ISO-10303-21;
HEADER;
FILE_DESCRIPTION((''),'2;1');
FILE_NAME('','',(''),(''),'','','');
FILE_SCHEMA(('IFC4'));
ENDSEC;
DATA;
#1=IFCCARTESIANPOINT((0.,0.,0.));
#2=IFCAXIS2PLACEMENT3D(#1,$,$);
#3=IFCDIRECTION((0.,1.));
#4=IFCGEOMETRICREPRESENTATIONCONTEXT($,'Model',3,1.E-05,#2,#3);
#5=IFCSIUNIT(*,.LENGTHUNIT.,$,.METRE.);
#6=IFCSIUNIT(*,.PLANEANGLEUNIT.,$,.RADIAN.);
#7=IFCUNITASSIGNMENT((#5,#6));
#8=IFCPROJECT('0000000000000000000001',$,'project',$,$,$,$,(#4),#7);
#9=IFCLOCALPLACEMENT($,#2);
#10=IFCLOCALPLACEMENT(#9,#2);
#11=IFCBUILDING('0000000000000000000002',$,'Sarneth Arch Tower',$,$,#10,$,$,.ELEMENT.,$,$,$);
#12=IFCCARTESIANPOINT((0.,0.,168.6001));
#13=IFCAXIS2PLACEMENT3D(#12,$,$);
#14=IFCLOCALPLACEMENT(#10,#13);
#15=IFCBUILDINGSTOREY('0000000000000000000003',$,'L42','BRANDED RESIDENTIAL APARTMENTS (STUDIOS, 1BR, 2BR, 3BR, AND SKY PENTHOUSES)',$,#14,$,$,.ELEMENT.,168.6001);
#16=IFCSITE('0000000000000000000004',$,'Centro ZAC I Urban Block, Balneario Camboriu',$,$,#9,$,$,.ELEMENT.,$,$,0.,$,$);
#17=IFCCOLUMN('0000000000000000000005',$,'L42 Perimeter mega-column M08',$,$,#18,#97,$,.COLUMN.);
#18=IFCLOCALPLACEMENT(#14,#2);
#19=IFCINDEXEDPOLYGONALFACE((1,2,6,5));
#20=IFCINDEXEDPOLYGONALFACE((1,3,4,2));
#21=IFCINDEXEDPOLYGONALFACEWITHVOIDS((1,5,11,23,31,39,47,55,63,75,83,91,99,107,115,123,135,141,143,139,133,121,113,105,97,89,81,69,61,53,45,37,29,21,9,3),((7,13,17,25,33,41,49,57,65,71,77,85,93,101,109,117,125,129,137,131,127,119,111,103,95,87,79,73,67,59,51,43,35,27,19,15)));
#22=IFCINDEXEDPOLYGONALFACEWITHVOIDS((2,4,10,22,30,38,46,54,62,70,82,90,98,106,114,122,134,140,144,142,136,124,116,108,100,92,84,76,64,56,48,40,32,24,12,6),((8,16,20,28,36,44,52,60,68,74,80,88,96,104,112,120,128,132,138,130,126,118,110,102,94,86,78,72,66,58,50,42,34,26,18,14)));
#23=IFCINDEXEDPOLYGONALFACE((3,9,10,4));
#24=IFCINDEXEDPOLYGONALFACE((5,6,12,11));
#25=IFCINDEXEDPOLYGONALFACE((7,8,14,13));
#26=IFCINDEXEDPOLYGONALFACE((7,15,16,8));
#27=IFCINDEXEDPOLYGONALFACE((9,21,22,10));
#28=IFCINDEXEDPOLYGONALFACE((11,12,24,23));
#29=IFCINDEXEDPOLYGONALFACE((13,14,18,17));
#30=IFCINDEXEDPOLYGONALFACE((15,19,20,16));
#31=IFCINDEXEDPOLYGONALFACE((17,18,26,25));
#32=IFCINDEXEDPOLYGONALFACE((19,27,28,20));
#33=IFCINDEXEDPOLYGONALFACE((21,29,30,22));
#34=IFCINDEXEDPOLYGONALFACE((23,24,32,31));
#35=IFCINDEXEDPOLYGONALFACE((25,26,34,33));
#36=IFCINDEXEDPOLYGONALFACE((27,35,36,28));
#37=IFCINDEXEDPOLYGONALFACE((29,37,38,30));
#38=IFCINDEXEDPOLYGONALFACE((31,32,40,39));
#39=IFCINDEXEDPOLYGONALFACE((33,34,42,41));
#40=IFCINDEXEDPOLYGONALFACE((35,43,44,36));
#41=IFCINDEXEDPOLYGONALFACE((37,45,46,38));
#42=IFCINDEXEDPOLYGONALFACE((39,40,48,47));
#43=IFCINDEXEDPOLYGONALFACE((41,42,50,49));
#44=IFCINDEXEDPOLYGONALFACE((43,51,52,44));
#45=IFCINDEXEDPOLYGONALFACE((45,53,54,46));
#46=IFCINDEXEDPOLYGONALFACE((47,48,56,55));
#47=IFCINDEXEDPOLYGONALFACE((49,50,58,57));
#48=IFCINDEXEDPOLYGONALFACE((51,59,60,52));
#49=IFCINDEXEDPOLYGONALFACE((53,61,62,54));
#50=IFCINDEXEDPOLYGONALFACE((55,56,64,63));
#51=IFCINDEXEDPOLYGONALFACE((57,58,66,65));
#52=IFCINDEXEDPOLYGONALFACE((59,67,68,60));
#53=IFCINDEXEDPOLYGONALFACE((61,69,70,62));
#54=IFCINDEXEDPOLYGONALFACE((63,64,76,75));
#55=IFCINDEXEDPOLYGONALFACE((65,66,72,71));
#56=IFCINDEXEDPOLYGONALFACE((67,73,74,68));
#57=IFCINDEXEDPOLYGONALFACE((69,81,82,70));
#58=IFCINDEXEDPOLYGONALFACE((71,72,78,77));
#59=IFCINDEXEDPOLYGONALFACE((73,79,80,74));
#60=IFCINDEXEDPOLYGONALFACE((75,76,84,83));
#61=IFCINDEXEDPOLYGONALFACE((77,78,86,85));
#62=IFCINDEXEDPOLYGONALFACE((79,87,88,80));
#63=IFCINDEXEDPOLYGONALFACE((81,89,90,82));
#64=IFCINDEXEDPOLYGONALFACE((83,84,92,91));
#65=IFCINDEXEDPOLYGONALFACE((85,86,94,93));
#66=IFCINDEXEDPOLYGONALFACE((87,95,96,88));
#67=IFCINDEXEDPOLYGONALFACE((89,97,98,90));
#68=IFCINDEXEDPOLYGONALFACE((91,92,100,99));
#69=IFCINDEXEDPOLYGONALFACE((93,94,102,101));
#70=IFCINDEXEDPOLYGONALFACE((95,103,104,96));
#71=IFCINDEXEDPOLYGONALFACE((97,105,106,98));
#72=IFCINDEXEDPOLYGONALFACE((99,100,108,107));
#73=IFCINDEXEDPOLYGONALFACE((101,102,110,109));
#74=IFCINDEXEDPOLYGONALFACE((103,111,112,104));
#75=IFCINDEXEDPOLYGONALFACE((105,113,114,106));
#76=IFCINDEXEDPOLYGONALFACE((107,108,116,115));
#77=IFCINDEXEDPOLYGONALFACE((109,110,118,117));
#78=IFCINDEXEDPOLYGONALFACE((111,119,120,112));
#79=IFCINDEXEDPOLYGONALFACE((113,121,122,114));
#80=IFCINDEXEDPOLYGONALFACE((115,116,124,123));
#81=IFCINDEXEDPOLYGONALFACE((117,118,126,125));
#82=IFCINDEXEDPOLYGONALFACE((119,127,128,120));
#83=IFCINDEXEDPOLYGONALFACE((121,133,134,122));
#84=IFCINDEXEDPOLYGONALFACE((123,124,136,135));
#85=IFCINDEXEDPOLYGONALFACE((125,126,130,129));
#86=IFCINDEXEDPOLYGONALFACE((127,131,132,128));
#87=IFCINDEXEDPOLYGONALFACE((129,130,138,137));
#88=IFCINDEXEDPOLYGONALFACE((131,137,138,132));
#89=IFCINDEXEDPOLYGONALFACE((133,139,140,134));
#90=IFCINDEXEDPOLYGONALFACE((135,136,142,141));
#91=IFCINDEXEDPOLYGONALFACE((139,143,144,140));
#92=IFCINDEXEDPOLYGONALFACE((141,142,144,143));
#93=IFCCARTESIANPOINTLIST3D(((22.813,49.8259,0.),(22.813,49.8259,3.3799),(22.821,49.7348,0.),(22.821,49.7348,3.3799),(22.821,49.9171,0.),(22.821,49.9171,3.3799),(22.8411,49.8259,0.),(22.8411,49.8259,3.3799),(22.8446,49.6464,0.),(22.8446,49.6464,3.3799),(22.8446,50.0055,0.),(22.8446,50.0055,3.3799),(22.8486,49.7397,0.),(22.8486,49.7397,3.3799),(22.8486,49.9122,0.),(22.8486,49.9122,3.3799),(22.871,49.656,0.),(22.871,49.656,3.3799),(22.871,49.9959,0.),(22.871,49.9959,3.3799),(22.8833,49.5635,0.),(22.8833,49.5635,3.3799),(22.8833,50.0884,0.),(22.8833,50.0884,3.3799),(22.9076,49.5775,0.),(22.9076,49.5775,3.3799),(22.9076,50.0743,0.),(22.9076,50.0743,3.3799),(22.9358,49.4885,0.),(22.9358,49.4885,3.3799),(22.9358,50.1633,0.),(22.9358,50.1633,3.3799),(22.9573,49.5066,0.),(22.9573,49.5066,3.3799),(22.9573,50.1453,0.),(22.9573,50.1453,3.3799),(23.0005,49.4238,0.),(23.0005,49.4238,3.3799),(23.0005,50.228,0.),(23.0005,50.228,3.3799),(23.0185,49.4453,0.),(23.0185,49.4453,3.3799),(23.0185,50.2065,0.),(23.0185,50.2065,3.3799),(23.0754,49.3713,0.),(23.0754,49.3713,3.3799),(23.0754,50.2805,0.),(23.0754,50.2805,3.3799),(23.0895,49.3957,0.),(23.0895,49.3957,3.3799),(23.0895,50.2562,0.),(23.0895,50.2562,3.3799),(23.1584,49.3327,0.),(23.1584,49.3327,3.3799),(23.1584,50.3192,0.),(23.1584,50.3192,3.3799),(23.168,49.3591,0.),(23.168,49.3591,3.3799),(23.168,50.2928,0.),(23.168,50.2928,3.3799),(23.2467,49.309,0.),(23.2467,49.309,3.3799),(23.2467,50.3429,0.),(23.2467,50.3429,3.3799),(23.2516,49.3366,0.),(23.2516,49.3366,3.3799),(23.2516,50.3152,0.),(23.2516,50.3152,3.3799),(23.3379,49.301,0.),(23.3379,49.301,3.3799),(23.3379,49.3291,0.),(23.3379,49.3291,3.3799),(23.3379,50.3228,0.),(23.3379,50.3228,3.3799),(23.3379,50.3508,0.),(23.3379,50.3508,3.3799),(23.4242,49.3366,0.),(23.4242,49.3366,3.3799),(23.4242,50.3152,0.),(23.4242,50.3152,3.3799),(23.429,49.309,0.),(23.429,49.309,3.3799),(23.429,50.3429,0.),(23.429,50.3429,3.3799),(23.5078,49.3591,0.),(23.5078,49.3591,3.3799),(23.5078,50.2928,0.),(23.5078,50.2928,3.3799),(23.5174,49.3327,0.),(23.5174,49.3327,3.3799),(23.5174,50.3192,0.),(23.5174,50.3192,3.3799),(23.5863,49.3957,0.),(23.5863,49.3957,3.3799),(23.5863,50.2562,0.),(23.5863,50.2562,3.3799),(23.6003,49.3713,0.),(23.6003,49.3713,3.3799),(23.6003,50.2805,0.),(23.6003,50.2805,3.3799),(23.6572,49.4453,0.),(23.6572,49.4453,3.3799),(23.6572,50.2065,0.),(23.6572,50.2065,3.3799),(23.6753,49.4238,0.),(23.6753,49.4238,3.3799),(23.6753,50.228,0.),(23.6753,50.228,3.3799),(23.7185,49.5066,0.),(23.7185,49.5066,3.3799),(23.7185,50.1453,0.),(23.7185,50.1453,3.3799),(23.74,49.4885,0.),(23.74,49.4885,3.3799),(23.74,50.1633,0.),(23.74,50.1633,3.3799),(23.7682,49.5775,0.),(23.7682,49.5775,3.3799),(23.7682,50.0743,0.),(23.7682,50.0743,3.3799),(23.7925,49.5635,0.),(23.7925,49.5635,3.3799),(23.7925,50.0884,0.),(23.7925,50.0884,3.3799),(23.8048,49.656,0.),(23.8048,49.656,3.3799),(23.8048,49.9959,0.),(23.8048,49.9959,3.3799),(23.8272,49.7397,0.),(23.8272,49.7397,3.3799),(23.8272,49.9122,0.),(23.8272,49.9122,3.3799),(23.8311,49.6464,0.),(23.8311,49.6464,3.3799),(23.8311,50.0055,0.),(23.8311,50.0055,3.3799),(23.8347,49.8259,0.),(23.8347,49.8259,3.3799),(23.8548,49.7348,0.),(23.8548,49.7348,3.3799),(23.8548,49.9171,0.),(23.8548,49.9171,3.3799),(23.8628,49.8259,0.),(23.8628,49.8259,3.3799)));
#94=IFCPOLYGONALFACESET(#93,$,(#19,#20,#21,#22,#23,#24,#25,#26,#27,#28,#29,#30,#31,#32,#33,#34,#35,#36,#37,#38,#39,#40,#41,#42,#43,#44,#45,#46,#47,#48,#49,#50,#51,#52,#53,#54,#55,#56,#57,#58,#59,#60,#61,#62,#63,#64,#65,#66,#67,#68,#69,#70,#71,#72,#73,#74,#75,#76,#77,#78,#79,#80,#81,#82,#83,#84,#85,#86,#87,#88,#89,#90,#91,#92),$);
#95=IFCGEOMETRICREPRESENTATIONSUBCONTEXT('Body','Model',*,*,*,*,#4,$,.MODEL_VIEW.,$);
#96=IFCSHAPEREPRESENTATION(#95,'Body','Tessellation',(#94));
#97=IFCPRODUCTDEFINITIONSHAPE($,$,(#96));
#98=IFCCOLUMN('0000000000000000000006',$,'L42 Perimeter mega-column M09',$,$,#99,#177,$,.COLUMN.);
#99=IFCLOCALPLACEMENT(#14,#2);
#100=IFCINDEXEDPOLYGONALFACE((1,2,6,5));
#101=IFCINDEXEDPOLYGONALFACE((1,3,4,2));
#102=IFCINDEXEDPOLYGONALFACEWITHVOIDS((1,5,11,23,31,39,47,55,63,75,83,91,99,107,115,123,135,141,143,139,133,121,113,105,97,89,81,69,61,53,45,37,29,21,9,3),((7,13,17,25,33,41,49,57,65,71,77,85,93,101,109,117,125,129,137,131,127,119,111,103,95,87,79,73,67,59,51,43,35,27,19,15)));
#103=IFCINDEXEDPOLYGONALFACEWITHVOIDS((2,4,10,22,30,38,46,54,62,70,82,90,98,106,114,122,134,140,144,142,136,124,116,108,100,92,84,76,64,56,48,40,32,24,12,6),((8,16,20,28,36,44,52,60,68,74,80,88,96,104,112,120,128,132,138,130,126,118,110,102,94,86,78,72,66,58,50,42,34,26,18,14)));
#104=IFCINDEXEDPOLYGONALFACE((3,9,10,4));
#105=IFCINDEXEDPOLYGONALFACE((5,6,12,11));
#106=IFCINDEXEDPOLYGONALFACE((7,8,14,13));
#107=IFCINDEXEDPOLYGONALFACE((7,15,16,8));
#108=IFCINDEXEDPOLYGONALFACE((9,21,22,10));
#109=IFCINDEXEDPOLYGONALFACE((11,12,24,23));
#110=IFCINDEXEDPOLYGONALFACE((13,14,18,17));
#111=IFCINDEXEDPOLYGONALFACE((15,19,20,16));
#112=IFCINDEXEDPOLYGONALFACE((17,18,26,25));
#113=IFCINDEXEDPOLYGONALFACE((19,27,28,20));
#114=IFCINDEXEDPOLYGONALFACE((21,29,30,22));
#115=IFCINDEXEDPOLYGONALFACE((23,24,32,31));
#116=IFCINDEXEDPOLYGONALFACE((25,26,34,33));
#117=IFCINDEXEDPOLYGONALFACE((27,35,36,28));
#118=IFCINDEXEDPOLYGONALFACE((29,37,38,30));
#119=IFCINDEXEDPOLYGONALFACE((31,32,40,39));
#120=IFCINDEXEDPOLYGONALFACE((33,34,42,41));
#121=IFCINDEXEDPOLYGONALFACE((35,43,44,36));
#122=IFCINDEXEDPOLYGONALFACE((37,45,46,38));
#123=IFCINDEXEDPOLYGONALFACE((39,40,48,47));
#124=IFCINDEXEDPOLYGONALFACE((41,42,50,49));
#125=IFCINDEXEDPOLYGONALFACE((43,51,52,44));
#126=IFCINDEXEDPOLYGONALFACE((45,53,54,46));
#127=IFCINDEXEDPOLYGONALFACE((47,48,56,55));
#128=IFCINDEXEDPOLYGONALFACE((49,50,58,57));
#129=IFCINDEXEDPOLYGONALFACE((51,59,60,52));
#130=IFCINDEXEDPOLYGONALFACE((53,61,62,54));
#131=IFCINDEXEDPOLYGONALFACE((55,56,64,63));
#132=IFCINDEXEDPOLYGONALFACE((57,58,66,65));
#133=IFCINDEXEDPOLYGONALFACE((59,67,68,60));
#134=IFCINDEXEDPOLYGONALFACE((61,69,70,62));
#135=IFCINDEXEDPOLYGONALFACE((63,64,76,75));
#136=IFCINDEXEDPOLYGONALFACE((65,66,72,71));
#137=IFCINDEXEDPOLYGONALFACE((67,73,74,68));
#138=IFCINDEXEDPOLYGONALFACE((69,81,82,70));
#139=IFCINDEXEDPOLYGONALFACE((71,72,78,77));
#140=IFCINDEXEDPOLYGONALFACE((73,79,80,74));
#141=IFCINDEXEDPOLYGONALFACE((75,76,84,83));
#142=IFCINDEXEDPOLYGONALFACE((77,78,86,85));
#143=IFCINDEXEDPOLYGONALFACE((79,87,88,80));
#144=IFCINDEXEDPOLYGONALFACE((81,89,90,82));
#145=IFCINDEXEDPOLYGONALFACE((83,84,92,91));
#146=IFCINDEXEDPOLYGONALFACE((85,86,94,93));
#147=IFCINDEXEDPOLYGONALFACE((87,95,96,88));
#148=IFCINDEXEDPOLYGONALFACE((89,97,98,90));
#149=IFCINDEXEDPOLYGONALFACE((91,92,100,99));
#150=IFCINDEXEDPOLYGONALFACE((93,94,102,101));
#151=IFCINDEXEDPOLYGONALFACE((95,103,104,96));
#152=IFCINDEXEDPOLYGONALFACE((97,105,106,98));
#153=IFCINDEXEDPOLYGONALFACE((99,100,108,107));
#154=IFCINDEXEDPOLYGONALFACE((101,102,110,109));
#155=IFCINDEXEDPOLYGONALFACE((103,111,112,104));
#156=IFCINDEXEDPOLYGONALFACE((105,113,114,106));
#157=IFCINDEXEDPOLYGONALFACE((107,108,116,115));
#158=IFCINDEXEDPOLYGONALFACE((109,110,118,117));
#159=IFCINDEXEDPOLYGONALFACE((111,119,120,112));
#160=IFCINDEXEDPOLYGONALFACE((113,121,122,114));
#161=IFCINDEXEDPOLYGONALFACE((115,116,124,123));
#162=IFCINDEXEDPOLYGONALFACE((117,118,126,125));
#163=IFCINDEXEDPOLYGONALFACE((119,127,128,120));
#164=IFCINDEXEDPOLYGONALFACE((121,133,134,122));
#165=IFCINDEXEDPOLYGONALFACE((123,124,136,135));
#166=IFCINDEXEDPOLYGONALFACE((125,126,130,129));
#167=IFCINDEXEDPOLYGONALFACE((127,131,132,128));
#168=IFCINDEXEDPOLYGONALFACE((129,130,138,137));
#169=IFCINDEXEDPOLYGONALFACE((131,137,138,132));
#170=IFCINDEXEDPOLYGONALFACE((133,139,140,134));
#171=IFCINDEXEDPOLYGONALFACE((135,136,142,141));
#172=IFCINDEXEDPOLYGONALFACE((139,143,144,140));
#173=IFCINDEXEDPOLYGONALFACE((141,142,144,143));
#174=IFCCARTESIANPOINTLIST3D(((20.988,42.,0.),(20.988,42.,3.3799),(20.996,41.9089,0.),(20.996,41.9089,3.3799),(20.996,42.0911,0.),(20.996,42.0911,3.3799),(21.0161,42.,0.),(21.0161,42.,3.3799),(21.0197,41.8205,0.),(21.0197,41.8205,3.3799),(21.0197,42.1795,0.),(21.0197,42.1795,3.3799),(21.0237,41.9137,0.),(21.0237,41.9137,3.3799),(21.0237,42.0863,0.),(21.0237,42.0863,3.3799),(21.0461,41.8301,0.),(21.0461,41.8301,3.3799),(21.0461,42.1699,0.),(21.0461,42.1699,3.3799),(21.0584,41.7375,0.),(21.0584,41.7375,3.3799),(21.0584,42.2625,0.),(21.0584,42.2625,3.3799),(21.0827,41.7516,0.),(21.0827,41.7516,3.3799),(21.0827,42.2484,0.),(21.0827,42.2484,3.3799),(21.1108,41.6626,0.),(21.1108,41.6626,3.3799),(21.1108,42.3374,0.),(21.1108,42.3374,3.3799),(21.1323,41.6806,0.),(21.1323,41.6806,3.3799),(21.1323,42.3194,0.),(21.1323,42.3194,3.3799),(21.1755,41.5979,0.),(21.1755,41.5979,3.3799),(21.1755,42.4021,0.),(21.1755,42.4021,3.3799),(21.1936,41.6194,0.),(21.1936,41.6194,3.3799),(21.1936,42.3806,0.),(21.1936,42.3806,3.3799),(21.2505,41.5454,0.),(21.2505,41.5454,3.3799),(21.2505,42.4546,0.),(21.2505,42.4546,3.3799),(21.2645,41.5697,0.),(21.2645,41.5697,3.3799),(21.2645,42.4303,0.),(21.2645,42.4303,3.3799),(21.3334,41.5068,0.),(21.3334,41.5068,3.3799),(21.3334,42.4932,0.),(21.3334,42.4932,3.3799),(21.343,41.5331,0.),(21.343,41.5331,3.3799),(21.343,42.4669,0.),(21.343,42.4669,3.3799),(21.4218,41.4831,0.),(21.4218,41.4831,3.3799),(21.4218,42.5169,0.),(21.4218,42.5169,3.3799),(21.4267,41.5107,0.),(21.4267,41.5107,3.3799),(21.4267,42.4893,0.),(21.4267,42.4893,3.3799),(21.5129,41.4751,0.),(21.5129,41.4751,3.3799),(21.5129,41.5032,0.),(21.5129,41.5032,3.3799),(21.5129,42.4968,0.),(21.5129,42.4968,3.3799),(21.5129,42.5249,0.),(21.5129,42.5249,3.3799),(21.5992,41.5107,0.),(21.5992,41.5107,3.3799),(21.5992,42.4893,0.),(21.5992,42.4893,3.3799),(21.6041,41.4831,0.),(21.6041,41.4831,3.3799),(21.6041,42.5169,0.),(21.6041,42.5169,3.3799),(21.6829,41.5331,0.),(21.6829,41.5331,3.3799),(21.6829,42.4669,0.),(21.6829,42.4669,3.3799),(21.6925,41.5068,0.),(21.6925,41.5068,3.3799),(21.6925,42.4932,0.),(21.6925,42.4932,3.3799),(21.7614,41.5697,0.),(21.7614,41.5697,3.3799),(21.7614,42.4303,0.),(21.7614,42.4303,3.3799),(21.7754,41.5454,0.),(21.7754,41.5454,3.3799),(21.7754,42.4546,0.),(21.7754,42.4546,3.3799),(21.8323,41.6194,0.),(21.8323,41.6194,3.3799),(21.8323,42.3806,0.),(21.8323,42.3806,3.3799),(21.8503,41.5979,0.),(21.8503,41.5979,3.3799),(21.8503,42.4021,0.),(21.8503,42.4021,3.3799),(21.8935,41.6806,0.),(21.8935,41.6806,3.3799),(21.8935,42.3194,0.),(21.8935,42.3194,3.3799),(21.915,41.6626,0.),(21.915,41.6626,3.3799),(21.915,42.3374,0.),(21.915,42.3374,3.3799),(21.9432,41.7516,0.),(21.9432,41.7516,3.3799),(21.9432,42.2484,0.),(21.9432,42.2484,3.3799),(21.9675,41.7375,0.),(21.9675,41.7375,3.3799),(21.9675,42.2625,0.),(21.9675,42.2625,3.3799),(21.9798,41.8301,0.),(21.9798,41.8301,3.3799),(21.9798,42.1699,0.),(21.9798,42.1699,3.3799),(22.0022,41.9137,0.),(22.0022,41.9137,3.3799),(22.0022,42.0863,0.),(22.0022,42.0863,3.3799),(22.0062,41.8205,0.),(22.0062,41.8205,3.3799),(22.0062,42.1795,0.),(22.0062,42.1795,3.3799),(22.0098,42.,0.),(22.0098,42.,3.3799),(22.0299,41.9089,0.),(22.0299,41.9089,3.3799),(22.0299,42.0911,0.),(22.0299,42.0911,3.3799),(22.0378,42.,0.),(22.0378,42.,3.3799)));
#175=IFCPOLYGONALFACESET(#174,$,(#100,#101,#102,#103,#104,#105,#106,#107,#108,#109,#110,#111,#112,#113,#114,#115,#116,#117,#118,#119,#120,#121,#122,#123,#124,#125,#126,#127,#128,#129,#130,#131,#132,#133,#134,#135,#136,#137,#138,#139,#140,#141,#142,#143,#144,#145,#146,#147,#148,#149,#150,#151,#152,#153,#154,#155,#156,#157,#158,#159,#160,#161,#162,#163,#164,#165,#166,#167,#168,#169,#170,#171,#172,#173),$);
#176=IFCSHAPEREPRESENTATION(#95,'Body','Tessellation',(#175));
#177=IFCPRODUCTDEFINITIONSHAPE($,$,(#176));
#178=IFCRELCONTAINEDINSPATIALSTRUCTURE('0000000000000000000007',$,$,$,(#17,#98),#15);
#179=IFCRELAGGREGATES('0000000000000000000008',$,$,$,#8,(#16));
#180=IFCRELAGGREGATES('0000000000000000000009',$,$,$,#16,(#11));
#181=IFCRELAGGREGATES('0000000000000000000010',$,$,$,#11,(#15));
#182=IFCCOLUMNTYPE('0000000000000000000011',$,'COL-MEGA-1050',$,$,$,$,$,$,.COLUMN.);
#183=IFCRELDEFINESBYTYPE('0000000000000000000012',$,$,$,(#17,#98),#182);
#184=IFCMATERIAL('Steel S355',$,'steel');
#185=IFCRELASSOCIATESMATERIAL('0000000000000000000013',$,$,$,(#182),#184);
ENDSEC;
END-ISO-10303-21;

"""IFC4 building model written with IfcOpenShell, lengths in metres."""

from ifc_helpers import new_model, si_unit, direction, frame, origin, origin_2d, place, context, subcontext, project, spatial, hollow_circle, extrude, material, material_profile, profile_set, type_object, element, save


model = new_model("IFC4")

# Units and contexts
model_context = context("Model", 3, precision=1e-05, world=origin(), true_north=direction((0.0, 1.0)))
body_context = subcontext(model_context, "Body", "Model", "MODEL_VIEW")
ifc_project = project(units=[si_unit("LENGTHUNIT", "METRE"), si_unit("PLANEANGLEUNIT", "RADIAN")], contexts=[model_context])

# Site, building, storey
site_placement = place(None, origin())
site = spatial("IfcSite", under=ifc_project, at=site_placement, Name="Centro ZAC I Urban Block, Balneario Camboriu", CompositionType="ELEMENT", RefElevation=0.0)
building_placement = place(site_placement, origin())
building = spatial("IfcBuilding", under=site, at=building_placement, Name="Sarneth Arch Tower", CompositionType="ELEMENT")
storey_placement = place(building_placement, frame((0.0, 0.0, 168.6001)))
storey = spatial("IfcBuildingStorey", under=building, at=storey_placement, Name="L42", Description="BRANDED RESIDENTIAL APARTMENTS (STUDIOS, 1BR, 2BR, 3BR, AND SKY PENTHOUSES)", CompositionType="ELEMENT", Elevation=168.6001)

# Columns
ifc_material_1 = material(Name="Steel S355", Category="steel")
ifc_material_profile_1 = material_profile(ifc_material_1, hollow_circle(Radius=0.5249, WallThickness=0.0281, at=origin_2d()), Name="CHS1050x28")
ifc_profile_set_1 = profile_set([ifc_material_profile_1], Name="Steel S355")
column_type = type_object("IfcColumnType", Name="COL-MEGA-1050", PredefinedType="COLUMN", material=ifc_profile_set_1)
for number, where, z_axis, x_axis, name in (
    (1, (23.3379, 49.8259, 0.0), (0.0, 0.0, 1.0), (1.0, 0.0, 0.0), "L42 Perimeter mega-column M08"),
    (2, (21.5129, 42.0, 0.0), (0.0, 0.0, 1.0), (1.0, 0.0, 0.0), "L42 Perimeter mega-column M09"),
):
    element("IfcColumn", number, at=place(storey_placement, frame(where, z_axis=z_axis, x_axis=x_axis)), inside=storey, type_object=column_type, Name=name, PredefinedType="COLUMN", context=body_context, shape_type="SweptSolid", body=[
        extrude(hollow_circle(Radius=0.5249, WallThickness=0.0281, at=origin_2d()), origin(), (0.0, 0.0, 1.0), 3.3799),
    ])

save(model, "model.ifc")
